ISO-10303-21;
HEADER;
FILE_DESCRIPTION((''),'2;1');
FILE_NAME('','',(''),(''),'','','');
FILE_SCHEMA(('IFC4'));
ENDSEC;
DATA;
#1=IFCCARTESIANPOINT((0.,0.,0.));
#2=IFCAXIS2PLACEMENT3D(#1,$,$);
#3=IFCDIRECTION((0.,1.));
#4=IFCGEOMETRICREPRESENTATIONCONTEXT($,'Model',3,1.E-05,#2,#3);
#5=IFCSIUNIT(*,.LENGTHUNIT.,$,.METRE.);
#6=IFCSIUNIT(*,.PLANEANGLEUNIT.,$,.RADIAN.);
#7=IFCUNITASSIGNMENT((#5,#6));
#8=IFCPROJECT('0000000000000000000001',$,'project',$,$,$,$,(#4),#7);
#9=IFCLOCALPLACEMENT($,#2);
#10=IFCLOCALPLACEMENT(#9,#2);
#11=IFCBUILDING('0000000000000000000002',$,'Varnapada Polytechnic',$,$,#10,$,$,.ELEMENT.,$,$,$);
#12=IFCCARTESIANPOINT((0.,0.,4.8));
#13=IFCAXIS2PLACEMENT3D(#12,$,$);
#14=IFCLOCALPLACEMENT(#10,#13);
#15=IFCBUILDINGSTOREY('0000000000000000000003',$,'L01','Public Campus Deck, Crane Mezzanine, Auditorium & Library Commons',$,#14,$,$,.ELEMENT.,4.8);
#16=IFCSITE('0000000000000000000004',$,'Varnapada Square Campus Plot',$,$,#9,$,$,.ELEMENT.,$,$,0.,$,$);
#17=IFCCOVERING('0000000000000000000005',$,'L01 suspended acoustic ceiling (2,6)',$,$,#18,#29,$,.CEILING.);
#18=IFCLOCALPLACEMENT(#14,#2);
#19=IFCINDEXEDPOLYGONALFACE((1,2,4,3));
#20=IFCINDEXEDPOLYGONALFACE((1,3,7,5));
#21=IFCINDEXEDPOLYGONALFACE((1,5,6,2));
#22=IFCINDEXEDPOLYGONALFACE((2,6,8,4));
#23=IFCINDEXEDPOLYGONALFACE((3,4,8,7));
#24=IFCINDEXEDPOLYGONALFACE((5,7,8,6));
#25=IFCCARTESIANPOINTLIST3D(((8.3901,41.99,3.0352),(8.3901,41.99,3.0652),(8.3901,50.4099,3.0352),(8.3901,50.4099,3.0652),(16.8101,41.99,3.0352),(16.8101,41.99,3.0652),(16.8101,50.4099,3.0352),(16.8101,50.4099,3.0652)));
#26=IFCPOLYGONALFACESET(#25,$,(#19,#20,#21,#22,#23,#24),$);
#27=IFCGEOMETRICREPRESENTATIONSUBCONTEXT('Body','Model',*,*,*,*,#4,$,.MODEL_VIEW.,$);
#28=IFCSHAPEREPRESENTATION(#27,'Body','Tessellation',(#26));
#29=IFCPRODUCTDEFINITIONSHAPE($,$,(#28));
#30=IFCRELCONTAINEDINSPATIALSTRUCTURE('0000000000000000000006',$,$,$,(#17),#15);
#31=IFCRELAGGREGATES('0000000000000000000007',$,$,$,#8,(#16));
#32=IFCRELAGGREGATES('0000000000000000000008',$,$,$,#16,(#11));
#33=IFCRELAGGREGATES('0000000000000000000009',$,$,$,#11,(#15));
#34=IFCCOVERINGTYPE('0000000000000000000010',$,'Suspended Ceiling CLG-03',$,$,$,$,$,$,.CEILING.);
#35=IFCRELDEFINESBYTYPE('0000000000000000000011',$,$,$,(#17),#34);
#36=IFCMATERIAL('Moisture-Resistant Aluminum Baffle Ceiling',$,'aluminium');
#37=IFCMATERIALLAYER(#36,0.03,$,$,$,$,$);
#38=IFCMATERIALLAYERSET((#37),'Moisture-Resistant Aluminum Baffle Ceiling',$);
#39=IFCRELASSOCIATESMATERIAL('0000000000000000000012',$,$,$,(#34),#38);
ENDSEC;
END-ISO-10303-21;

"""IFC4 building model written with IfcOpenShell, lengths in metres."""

from ifc_helpers import new_model, si_unit, direction, frame, origin, origin_2d, place, context, subcontext, project, spatial, rectangle, extrude, material, layer, layer_set, type_object, element, save


model = new_model("IFC4")

# Units and contexts
model_context = context("Model", 3, precision=1e-05, world=origin(), true_north=direction((0.0, 1.0)))
body_context = subcontext(model_context, "Body", "Model", "MODEL_VIEW")
ifc_project = project(units=[si_unit("LENGTHUNIT", "METRE"), si_unit("PLANEANGLEUNIT", "RADIAN")], contexts=[model_context])

# Site, building, storey
site_placement = place(None, origin())
site = spatial("IfcSite", under=ifc_project, at=site_placement, Name="Varnapada Square Campus Plot", CompositionType="ELEMENT", RefElevation=0.0)
building_placement = place(site_placement, origin())
building = spatial("IfcBuilding", under=site, at=building_placement, Name="Varnapada Polytechnic", CompositionType="ELEMENT")
storey_placement = place(building_placement, frame((0.0, 0.0, 4.8)))
storey = spatial("IfcBuildingStorey", under=building, at=storey_placement, Name="L01", Description="Public Campus Deck, Crane Mezzanine, Auditorium & Library Commons", CompositionType="ELEMENT", Elevation=4.8)

# Covering
ifc_material_1 = material(Name="Moisture-Resistant Aluminum Baffle Ceiling", Category="aluminium")
ifc_layer_1 = layer(ifc_material_1, 0.03)
ifc_layer_set_1 = layer_set([ifc_layer_1], Name="Moisture-Resistant Aluminum Baffle Ceiling")
covering_type_1 = type_object("IfcCoveringType", Name="Suspended Ceiling CLG-03", PredefinedType="CEILING", material=ifc_layer_set_1)
covering_1_placement = place(storey_placement, frame((12.6001, 46.2, 3.0352), z_axis=(0.0, 0.0, 1.0), x_axis=(1.0, 0.0, 0.0)))
element("IfcCovering", 1, at=covering_1_placement, inside=storey, type_object=covering_type_1, Name="L01 suspended acoustic ceiling (2,6)", PredefinedType="CEILING", context=body_context, shape_type="SweptSolid", body=[
    extrude(rectangle(XDim=8.4199, YDim=8.4199, at=origin_2d()), origin(), (0.0, 0.0, 1.0), 0.03),
])

save(model, "model.ifc")
